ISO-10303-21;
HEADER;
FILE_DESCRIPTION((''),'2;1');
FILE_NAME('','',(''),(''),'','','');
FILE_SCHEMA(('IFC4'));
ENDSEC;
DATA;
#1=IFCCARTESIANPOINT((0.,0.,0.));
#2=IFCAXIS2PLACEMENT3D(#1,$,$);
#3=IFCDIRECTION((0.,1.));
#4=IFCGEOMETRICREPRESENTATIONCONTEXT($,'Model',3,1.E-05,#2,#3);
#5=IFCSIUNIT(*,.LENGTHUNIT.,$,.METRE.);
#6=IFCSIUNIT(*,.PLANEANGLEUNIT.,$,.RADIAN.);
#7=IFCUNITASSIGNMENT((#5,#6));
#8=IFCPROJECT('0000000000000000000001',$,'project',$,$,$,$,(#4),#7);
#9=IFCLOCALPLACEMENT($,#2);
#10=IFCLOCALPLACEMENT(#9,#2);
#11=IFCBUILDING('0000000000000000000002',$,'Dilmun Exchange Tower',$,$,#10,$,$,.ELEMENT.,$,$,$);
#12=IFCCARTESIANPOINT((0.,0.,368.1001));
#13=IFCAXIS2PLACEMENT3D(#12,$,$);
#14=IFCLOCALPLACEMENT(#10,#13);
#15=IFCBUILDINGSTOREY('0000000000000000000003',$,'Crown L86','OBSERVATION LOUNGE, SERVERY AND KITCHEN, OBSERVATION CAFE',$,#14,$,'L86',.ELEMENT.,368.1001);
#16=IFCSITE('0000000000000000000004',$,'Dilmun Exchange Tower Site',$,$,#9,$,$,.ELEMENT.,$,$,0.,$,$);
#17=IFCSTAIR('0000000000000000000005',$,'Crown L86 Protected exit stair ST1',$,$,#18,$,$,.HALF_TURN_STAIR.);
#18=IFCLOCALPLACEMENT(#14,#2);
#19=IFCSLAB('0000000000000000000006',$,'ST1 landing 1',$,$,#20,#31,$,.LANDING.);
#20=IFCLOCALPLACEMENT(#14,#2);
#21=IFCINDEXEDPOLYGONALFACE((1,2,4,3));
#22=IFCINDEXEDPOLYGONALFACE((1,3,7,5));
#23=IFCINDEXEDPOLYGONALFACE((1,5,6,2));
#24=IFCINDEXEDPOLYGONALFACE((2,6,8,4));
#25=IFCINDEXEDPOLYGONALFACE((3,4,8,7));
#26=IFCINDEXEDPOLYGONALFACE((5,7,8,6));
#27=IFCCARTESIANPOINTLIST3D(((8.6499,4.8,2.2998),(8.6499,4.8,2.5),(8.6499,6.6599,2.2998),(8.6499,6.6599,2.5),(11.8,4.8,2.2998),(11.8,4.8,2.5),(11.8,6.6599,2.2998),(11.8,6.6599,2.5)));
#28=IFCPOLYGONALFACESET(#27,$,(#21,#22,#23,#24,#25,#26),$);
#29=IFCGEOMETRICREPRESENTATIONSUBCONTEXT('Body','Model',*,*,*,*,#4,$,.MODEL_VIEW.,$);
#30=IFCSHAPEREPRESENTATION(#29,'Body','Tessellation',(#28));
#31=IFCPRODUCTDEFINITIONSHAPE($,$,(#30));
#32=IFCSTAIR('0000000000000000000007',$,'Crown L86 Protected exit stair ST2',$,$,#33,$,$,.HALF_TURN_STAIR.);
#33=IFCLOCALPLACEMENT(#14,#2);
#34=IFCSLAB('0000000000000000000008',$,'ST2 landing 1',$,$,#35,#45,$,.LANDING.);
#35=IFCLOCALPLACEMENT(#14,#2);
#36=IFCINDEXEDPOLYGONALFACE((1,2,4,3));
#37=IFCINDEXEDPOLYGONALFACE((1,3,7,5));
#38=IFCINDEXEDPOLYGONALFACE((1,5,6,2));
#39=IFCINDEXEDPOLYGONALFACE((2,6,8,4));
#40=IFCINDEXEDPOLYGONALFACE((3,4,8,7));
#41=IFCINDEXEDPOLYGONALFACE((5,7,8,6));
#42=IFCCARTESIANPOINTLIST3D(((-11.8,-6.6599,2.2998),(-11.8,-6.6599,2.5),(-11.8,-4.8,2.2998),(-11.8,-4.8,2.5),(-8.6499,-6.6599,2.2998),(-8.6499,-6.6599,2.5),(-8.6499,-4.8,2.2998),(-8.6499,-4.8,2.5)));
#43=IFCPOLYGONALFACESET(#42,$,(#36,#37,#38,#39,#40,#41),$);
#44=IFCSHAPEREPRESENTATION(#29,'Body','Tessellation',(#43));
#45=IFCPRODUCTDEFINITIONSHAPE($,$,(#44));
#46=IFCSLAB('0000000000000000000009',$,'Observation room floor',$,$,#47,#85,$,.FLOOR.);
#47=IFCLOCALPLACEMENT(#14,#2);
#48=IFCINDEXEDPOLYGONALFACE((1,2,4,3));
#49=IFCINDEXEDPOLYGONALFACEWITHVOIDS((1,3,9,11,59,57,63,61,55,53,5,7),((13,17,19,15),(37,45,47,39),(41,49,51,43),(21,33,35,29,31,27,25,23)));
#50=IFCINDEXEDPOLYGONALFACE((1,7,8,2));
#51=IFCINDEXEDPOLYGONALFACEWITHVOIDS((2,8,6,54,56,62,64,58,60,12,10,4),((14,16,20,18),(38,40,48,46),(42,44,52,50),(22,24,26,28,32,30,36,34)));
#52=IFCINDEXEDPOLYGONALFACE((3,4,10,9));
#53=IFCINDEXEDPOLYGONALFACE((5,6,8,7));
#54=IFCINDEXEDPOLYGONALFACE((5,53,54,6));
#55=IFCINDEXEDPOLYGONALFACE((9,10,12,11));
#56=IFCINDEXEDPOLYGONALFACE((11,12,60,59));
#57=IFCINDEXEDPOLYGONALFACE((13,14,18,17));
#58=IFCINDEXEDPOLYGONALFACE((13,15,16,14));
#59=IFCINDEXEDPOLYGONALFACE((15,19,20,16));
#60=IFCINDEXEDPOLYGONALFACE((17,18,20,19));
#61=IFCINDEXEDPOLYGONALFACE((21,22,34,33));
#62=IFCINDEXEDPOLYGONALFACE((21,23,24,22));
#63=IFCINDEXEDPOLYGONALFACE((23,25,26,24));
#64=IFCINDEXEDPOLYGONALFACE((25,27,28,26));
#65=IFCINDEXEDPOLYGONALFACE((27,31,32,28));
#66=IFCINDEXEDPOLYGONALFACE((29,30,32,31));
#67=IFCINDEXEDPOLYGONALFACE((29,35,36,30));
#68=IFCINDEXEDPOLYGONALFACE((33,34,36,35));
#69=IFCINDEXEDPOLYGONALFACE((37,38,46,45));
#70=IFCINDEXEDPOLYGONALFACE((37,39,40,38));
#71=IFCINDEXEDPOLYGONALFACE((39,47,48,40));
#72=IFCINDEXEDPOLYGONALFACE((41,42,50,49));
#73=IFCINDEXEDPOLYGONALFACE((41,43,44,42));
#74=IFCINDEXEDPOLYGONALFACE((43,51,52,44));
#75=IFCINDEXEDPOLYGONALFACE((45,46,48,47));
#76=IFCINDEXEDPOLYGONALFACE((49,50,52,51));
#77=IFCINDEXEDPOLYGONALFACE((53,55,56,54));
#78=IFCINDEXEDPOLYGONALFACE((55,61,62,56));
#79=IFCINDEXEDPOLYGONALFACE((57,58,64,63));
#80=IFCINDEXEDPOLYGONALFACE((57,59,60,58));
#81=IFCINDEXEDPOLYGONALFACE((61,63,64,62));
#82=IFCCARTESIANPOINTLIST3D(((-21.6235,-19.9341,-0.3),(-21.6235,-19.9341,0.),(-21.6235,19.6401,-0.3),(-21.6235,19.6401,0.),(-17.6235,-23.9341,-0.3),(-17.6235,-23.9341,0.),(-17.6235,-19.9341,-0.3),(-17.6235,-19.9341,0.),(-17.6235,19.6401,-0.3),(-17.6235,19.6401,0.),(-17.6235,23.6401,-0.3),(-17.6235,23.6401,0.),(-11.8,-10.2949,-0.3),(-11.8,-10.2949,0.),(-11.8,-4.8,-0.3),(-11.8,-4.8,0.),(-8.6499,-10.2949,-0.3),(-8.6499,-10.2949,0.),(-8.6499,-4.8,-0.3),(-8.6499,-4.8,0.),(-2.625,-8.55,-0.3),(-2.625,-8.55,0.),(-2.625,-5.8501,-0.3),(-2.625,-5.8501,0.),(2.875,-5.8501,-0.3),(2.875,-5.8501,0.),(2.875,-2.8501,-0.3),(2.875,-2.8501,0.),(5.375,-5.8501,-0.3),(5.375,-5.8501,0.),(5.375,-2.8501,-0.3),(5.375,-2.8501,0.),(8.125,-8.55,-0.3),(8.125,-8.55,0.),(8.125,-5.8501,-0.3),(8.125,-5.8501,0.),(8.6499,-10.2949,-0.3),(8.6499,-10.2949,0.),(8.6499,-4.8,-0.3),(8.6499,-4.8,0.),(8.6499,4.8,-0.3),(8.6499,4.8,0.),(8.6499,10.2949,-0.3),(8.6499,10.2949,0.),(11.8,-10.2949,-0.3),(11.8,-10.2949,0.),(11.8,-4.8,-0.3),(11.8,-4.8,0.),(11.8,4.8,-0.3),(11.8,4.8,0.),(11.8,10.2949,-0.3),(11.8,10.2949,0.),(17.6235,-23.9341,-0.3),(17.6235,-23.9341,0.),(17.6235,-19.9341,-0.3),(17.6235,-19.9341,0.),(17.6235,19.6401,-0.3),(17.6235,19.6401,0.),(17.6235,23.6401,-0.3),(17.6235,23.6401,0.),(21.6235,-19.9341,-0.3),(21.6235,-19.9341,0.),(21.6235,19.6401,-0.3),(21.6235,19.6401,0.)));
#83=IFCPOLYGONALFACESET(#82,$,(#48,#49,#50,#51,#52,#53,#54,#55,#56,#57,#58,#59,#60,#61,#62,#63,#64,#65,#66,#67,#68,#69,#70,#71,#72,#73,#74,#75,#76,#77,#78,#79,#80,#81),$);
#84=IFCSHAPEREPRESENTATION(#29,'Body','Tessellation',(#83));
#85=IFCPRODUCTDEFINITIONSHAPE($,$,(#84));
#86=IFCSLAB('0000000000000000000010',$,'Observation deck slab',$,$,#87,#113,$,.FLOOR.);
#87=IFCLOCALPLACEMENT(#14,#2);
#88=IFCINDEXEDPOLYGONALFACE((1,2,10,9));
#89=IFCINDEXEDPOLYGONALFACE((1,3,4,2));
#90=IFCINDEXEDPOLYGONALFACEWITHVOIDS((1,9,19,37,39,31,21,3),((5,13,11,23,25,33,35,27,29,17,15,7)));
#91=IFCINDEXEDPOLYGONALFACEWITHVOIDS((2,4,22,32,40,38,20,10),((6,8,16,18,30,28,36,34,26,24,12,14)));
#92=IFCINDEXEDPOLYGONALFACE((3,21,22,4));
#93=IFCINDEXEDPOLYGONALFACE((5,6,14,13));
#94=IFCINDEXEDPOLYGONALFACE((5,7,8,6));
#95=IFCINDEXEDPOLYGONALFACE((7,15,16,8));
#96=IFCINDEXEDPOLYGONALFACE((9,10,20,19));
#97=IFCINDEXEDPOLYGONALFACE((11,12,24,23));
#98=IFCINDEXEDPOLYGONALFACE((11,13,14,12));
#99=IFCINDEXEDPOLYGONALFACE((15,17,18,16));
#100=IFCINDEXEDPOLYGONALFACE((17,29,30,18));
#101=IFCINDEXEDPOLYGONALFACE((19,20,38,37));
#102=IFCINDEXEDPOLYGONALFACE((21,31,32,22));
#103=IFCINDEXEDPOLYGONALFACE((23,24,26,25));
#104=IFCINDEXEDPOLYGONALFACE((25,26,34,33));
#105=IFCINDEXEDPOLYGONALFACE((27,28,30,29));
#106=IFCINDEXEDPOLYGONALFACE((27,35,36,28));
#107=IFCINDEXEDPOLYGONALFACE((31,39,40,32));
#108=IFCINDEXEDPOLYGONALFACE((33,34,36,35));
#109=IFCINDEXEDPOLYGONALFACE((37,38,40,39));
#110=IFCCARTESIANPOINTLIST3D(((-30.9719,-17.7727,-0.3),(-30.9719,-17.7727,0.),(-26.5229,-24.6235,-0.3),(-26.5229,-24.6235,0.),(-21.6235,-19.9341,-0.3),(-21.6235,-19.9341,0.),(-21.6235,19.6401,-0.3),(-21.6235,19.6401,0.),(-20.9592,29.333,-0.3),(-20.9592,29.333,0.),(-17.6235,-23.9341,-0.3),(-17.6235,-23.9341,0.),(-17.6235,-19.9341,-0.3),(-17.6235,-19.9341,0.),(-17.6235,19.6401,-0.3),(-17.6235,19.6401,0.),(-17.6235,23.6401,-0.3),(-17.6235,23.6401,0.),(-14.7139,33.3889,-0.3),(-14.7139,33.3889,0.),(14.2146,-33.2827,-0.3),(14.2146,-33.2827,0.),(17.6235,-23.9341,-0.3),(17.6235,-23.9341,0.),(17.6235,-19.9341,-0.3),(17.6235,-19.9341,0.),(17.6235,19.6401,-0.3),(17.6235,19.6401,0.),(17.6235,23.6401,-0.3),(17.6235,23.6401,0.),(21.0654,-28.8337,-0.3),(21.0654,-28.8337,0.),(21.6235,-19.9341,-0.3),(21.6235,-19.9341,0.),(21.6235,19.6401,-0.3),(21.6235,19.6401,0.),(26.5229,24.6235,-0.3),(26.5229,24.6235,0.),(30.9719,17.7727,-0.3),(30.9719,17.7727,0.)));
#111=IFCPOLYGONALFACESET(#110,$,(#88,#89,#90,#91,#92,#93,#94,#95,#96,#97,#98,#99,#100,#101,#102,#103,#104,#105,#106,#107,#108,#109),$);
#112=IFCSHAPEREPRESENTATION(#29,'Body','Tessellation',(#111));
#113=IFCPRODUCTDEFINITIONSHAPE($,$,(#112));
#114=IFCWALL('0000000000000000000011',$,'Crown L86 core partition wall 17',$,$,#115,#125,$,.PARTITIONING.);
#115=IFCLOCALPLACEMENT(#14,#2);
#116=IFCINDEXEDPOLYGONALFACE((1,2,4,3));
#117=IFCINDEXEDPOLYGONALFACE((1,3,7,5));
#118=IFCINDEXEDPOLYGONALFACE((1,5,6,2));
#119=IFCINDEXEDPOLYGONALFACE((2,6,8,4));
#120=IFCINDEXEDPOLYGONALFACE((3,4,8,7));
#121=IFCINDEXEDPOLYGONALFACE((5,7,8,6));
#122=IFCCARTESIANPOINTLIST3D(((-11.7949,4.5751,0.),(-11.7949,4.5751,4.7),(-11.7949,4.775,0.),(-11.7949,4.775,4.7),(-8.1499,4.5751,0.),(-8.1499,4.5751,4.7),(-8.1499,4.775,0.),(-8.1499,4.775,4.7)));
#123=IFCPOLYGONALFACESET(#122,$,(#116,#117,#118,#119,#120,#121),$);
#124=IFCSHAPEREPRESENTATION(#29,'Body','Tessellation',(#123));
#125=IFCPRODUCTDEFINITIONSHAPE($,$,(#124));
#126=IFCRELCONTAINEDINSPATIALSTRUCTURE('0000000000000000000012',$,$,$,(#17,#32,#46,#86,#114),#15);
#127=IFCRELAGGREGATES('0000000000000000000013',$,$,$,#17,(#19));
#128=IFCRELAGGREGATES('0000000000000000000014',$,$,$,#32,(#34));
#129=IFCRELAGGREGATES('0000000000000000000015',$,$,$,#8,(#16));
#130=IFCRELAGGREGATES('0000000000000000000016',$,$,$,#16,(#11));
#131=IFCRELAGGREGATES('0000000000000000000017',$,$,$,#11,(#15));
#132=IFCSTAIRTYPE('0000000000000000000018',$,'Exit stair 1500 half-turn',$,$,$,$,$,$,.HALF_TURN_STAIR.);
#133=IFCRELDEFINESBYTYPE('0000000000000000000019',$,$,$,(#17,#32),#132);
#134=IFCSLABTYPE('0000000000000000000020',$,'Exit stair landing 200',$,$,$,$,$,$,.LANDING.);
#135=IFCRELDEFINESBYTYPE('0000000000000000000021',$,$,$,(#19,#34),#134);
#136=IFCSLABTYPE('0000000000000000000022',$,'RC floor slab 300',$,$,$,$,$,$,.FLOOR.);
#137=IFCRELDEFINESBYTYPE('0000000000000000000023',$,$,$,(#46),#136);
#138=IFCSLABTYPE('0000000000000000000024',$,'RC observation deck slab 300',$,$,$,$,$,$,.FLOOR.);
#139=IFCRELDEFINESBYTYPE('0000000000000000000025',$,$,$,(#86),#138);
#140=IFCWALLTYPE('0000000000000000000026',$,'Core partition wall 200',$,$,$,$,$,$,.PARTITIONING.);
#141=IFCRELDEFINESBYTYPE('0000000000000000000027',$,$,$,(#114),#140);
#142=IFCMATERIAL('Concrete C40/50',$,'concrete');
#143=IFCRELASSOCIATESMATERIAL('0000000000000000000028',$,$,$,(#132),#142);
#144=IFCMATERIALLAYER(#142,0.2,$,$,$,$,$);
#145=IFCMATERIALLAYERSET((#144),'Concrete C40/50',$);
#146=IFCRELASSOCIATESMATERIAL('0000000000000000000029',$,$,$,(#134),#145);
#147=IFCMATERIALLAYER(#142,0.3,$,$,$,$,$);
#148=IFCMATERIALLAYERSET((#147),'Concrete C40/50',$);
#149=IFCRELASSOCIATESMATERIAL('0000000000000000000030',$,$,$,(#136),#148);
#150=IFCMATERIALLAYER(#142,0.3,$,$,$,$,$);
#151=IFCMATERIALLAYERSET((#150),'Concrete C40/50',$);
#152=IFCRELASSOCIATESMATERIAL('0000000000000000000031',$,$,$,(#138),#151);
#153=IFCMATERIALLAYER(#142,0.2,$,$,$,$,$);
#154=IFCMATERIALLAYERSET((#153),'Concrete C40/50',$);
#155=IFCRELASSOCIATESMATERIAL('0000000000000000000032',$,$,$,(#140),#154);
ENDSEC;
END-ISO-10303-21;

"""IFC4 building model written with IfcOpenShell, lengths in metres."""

from ifc_helpers import new_model, si_unit, direction, frame, frame_2d, origin, place, context, subcontext, project, spatial, polyline, rectangle, outline, extrude, material, layer, layer_set, type_object, element, aggregate, save


model = new_model("IFC4")

# Units and contexts
model_context = context("Model", 3, precision=1e-05, world=origin(), true_north=direction((0.0, 1.0)))
body_context = subcontext(model_context, "Body", "Model", "MODEL_VIEW")
ifc_project = project(units=[si_unit("LENGTHUNIT", "METRE"), si_unit("PLANEANGLEUNIT", "RADIAN")], contexts=[model_context])

# Site, building, storey
site_placement = place(None, origin())
site = spatial("IfcSite", under=ifc_project, at=site_placement, Name="Dilmun Exchange Tower Site", CompositionType="ELEMENT", RefElevation=0.0)
building_placement = place(site_placement, origin())
building = spatial("IfcBuilding", under=site, at=building_placement, Name="Dilmun Exchange Tower", CompositionType="ELEMENT")
storey_placement = place(building_placement, frame((0.0, 0.0, 368.1001)))
storey = spatial("IfcBuildingStorey", under=building, at=storey_placement, Name="Crown L86", Description="OBSERVATION LOUNGE, SERVERY AND KITCHEN, OBSERVATION CAFE", LongName="L86", CompositionType="ELEMENT", Elevation=368.1001)

# Stairs, slabs
ifc_material_1 = material(Name="Concrete C40/50", Category="concrete")
stair_type = type_object("IfcStairType", Name="Exit stair 1500 half-turn", PredefinedType="HALF_TURN_STAIR", material=ifc_material_1)
stair_1_placement = place(storey_placement, origin())
stair_1 = element("IfcStair", 1, at=stair_1_placement, inside=storey, type_object=stair_type, Name="Crown L86 Protected exit stair ST1", PredefinedType="HALF_TURN_STAIR")
ifc_layer_1 = layer(ifc_material_1, 0.2)
ifc_layer_set_1 = layer_set([ifc_layer_1], Name="Concrete C40/50")
slab_type_1 = type_object("IfcSlabType", Name="Exit stair landing 200", PredefinedType="LANDING", material=ifc_layer_set_1)
slab_1_placement = place(storey_placement, frame((0.0, 0.0, 2.2998)))
slab_1 = element("IfcSlab", 2, at=slab_1_placement, type_object=slab_type_1, Name="ST1 landing 1", PredefinedType="LANDING", context=body_context, shape_type="SweptSolid", body=[
    extrude(outline(polyline([(8.6499, 6.6599), (8.6499, 4.8), (11.8, 4.8), (11.8, 6.6599), (8.6499, 6.6599)])), origin(), (0.0, 0.0, 1.0), 0.2002),
])
aggregate(stair_1, [slab_1])
stair_2_placement = place(storey_placement, origin())
stair_2 = element("IfcStair", 3, at=stair_2_placement, inside=storey, type_object=stair_type, Name="Crown L86 Protected exit stair ST2", PredefinedType="HALF_TURN_STAIR")
slab_2_placement = place(storey_placement, frame((0.0, 0.0, 2.2998)))
slab_2 = element("IfcSlab", 4, at=slab_2_placement, type_object=slab_type_1, Name="ST2 landing 1", PredefinedType="LANDING", context=body_context, shape_type="SweptSolid", body=[
    extrude(outline(polyline([(-8.6499, -6.6599), (-8.6499, -4.8), (-11.8, -4.8), (-11.8, -6.6599), (-8.6499, -6.6599)])), origin(), (0.0, 0.0, 1.0), 0.2002),
])
aggregate(stair_2, [slab_2])

# Slabs
ifc_layer_2 = layer(ifc_material_1, 0.3)
ifc_layer_set_2 = layer_set([ifc_layer_2], Name="Concrete C40/50")
slab_type_2 = type_object("IfcSlabType", Name="RC floor slab 300", PredefinedType="FLOOR", material=ifc_layer_set_2)
slab_3_placement = place(storey_placement, frame((0.0, 0.0, -0.3)))
element("IfcSlab", 5, at=slab_3_placement, inside=storey, type_object=slab_type_2, Name="Observation room floor", PredefinedType="FLOOR", context=body_context, shape_type="SweptSolid", body=[
    extrude(outline(polyline([(17.6235, -19.9341), (17.6235, -23.9341), (-17.6235, -23.9341), (-17.6235, -19.9341), (-21.6235, -19.9341), (-21.6235, 19.6401), (-17.6235, 19.6401), (-17.6235, 23.6401), (17.6235, 23.6401), (17.6235, 19.6401), (21.6235, 19.6401), (21.6235, -19.9341), (17.6235, -19.9341)]), holes=[polyline([(-8.6499, -4.8), (-11.8, -4.8), (-11.8, -10.2949), (-8.6499, -10.2949), (-8.6499, -4.8)]), polyline([(11.8, -4.8), (8.6499, -4.8), (8.6499, -10.2949), (11.8, -10.2949), (11.8, -4.8)]), polyline([(-2.625, -5.8501), (-2.625, -8.55), (8.125, -8.55), (8.125, -5.8501), (5.375, -5.8501), (5.375, -2.8501), (2.875, -2.8501), (2.875, -5.8501), (-2.625, -5.8501)]), polyline([(8.6499, 4.8), (11.8, 4.8), (11.8, 10.2949), (8.6499, 10.2949), (8.6499, 4.8)])]), origin(), (0.0, 0.0, 1.0), 0.3),
])
ifc_layer_3 = layer(ifc_material_1, 0.3)
ifc_layer_set_3 = layer_set([ifc_layer_3], Name="Concrete C40/50")
slab_type_3 = type_object("IfcSlabType", Name="RC observation deck slab 300", PredefinedType="FLOOR", material=ifc_layer_set_3)
slab_4_placement = place(storey_placement, frame((0.0, 0.0, -0.3)))
element("IfcSlab", 6, at=slab_4_placement, inside=storey, type_object=slab_type_3, Name="Observation deck slab", PredefinedType="FLOOR", context=body_context, shape_type="SweptSolid", body=[
    extrude(outline(polyline([(-26.5229, -24.6235), (-30.9719, -17.7727), (-20.9592, 29.333), (-14.7139, 33.3889), (26.5229, 24.6235), (30.9719, 17.7727), (21.0654, -28.8337), (14.2146, -33.2827), (-26.5229, -24.6235)]), holes=[polyline([(21.6235, 19.6401), (17.6235, 19.6401), (17.6235, 23.6401), (-17.6235, 23.6401), (-17.6235, 19.6401), (-21.6235, 19.6401), (-21.6235, -19.9341), (-17.6235, -19.9341), (-17.6235, -23.9341), (17.6235, -23.9341), (17.6235, -19.9341), (21.6235, -19.9341), (21.6235, 19.6401)])]), origin(), (0.0, 0.0, 1.0), 0.3),
])

# Wall
ifc_layer_4 = layer(ifc_material_1, 0.2)
ifc_layer_set_4 = layer_set([ifc_layer_4], Name="Concrete C40/50")
wall_type_1 = type_object("IfcWallType", Name="Core partition wall 200", PredefinedType="PARTITIONING", material=ifc_layer_set_4)
wall_1_placement = place(storey_placement, frame((-11.7949, 4.675, 0.0), z_axis=(0.0, 0.0, 1.0), x_axis=(1.0, 0.0, 0.0)))
element("IfcWall", 7, at=wall_1_placement, inside=storey, type_object=wall_type_1, Name="Crown L86 core partition wall 17", PredefinedType="PARTITIONING", context=body_context, shape_type="SweptSolid", body=[
    extrude(rectangle(XDim=3.645, YDim=0.2, at=frame_2d((1.8225, 0.0))), origin(), (0.0, 0.0, 1.0), 4.7),
])

save(model, "model.ifc")
